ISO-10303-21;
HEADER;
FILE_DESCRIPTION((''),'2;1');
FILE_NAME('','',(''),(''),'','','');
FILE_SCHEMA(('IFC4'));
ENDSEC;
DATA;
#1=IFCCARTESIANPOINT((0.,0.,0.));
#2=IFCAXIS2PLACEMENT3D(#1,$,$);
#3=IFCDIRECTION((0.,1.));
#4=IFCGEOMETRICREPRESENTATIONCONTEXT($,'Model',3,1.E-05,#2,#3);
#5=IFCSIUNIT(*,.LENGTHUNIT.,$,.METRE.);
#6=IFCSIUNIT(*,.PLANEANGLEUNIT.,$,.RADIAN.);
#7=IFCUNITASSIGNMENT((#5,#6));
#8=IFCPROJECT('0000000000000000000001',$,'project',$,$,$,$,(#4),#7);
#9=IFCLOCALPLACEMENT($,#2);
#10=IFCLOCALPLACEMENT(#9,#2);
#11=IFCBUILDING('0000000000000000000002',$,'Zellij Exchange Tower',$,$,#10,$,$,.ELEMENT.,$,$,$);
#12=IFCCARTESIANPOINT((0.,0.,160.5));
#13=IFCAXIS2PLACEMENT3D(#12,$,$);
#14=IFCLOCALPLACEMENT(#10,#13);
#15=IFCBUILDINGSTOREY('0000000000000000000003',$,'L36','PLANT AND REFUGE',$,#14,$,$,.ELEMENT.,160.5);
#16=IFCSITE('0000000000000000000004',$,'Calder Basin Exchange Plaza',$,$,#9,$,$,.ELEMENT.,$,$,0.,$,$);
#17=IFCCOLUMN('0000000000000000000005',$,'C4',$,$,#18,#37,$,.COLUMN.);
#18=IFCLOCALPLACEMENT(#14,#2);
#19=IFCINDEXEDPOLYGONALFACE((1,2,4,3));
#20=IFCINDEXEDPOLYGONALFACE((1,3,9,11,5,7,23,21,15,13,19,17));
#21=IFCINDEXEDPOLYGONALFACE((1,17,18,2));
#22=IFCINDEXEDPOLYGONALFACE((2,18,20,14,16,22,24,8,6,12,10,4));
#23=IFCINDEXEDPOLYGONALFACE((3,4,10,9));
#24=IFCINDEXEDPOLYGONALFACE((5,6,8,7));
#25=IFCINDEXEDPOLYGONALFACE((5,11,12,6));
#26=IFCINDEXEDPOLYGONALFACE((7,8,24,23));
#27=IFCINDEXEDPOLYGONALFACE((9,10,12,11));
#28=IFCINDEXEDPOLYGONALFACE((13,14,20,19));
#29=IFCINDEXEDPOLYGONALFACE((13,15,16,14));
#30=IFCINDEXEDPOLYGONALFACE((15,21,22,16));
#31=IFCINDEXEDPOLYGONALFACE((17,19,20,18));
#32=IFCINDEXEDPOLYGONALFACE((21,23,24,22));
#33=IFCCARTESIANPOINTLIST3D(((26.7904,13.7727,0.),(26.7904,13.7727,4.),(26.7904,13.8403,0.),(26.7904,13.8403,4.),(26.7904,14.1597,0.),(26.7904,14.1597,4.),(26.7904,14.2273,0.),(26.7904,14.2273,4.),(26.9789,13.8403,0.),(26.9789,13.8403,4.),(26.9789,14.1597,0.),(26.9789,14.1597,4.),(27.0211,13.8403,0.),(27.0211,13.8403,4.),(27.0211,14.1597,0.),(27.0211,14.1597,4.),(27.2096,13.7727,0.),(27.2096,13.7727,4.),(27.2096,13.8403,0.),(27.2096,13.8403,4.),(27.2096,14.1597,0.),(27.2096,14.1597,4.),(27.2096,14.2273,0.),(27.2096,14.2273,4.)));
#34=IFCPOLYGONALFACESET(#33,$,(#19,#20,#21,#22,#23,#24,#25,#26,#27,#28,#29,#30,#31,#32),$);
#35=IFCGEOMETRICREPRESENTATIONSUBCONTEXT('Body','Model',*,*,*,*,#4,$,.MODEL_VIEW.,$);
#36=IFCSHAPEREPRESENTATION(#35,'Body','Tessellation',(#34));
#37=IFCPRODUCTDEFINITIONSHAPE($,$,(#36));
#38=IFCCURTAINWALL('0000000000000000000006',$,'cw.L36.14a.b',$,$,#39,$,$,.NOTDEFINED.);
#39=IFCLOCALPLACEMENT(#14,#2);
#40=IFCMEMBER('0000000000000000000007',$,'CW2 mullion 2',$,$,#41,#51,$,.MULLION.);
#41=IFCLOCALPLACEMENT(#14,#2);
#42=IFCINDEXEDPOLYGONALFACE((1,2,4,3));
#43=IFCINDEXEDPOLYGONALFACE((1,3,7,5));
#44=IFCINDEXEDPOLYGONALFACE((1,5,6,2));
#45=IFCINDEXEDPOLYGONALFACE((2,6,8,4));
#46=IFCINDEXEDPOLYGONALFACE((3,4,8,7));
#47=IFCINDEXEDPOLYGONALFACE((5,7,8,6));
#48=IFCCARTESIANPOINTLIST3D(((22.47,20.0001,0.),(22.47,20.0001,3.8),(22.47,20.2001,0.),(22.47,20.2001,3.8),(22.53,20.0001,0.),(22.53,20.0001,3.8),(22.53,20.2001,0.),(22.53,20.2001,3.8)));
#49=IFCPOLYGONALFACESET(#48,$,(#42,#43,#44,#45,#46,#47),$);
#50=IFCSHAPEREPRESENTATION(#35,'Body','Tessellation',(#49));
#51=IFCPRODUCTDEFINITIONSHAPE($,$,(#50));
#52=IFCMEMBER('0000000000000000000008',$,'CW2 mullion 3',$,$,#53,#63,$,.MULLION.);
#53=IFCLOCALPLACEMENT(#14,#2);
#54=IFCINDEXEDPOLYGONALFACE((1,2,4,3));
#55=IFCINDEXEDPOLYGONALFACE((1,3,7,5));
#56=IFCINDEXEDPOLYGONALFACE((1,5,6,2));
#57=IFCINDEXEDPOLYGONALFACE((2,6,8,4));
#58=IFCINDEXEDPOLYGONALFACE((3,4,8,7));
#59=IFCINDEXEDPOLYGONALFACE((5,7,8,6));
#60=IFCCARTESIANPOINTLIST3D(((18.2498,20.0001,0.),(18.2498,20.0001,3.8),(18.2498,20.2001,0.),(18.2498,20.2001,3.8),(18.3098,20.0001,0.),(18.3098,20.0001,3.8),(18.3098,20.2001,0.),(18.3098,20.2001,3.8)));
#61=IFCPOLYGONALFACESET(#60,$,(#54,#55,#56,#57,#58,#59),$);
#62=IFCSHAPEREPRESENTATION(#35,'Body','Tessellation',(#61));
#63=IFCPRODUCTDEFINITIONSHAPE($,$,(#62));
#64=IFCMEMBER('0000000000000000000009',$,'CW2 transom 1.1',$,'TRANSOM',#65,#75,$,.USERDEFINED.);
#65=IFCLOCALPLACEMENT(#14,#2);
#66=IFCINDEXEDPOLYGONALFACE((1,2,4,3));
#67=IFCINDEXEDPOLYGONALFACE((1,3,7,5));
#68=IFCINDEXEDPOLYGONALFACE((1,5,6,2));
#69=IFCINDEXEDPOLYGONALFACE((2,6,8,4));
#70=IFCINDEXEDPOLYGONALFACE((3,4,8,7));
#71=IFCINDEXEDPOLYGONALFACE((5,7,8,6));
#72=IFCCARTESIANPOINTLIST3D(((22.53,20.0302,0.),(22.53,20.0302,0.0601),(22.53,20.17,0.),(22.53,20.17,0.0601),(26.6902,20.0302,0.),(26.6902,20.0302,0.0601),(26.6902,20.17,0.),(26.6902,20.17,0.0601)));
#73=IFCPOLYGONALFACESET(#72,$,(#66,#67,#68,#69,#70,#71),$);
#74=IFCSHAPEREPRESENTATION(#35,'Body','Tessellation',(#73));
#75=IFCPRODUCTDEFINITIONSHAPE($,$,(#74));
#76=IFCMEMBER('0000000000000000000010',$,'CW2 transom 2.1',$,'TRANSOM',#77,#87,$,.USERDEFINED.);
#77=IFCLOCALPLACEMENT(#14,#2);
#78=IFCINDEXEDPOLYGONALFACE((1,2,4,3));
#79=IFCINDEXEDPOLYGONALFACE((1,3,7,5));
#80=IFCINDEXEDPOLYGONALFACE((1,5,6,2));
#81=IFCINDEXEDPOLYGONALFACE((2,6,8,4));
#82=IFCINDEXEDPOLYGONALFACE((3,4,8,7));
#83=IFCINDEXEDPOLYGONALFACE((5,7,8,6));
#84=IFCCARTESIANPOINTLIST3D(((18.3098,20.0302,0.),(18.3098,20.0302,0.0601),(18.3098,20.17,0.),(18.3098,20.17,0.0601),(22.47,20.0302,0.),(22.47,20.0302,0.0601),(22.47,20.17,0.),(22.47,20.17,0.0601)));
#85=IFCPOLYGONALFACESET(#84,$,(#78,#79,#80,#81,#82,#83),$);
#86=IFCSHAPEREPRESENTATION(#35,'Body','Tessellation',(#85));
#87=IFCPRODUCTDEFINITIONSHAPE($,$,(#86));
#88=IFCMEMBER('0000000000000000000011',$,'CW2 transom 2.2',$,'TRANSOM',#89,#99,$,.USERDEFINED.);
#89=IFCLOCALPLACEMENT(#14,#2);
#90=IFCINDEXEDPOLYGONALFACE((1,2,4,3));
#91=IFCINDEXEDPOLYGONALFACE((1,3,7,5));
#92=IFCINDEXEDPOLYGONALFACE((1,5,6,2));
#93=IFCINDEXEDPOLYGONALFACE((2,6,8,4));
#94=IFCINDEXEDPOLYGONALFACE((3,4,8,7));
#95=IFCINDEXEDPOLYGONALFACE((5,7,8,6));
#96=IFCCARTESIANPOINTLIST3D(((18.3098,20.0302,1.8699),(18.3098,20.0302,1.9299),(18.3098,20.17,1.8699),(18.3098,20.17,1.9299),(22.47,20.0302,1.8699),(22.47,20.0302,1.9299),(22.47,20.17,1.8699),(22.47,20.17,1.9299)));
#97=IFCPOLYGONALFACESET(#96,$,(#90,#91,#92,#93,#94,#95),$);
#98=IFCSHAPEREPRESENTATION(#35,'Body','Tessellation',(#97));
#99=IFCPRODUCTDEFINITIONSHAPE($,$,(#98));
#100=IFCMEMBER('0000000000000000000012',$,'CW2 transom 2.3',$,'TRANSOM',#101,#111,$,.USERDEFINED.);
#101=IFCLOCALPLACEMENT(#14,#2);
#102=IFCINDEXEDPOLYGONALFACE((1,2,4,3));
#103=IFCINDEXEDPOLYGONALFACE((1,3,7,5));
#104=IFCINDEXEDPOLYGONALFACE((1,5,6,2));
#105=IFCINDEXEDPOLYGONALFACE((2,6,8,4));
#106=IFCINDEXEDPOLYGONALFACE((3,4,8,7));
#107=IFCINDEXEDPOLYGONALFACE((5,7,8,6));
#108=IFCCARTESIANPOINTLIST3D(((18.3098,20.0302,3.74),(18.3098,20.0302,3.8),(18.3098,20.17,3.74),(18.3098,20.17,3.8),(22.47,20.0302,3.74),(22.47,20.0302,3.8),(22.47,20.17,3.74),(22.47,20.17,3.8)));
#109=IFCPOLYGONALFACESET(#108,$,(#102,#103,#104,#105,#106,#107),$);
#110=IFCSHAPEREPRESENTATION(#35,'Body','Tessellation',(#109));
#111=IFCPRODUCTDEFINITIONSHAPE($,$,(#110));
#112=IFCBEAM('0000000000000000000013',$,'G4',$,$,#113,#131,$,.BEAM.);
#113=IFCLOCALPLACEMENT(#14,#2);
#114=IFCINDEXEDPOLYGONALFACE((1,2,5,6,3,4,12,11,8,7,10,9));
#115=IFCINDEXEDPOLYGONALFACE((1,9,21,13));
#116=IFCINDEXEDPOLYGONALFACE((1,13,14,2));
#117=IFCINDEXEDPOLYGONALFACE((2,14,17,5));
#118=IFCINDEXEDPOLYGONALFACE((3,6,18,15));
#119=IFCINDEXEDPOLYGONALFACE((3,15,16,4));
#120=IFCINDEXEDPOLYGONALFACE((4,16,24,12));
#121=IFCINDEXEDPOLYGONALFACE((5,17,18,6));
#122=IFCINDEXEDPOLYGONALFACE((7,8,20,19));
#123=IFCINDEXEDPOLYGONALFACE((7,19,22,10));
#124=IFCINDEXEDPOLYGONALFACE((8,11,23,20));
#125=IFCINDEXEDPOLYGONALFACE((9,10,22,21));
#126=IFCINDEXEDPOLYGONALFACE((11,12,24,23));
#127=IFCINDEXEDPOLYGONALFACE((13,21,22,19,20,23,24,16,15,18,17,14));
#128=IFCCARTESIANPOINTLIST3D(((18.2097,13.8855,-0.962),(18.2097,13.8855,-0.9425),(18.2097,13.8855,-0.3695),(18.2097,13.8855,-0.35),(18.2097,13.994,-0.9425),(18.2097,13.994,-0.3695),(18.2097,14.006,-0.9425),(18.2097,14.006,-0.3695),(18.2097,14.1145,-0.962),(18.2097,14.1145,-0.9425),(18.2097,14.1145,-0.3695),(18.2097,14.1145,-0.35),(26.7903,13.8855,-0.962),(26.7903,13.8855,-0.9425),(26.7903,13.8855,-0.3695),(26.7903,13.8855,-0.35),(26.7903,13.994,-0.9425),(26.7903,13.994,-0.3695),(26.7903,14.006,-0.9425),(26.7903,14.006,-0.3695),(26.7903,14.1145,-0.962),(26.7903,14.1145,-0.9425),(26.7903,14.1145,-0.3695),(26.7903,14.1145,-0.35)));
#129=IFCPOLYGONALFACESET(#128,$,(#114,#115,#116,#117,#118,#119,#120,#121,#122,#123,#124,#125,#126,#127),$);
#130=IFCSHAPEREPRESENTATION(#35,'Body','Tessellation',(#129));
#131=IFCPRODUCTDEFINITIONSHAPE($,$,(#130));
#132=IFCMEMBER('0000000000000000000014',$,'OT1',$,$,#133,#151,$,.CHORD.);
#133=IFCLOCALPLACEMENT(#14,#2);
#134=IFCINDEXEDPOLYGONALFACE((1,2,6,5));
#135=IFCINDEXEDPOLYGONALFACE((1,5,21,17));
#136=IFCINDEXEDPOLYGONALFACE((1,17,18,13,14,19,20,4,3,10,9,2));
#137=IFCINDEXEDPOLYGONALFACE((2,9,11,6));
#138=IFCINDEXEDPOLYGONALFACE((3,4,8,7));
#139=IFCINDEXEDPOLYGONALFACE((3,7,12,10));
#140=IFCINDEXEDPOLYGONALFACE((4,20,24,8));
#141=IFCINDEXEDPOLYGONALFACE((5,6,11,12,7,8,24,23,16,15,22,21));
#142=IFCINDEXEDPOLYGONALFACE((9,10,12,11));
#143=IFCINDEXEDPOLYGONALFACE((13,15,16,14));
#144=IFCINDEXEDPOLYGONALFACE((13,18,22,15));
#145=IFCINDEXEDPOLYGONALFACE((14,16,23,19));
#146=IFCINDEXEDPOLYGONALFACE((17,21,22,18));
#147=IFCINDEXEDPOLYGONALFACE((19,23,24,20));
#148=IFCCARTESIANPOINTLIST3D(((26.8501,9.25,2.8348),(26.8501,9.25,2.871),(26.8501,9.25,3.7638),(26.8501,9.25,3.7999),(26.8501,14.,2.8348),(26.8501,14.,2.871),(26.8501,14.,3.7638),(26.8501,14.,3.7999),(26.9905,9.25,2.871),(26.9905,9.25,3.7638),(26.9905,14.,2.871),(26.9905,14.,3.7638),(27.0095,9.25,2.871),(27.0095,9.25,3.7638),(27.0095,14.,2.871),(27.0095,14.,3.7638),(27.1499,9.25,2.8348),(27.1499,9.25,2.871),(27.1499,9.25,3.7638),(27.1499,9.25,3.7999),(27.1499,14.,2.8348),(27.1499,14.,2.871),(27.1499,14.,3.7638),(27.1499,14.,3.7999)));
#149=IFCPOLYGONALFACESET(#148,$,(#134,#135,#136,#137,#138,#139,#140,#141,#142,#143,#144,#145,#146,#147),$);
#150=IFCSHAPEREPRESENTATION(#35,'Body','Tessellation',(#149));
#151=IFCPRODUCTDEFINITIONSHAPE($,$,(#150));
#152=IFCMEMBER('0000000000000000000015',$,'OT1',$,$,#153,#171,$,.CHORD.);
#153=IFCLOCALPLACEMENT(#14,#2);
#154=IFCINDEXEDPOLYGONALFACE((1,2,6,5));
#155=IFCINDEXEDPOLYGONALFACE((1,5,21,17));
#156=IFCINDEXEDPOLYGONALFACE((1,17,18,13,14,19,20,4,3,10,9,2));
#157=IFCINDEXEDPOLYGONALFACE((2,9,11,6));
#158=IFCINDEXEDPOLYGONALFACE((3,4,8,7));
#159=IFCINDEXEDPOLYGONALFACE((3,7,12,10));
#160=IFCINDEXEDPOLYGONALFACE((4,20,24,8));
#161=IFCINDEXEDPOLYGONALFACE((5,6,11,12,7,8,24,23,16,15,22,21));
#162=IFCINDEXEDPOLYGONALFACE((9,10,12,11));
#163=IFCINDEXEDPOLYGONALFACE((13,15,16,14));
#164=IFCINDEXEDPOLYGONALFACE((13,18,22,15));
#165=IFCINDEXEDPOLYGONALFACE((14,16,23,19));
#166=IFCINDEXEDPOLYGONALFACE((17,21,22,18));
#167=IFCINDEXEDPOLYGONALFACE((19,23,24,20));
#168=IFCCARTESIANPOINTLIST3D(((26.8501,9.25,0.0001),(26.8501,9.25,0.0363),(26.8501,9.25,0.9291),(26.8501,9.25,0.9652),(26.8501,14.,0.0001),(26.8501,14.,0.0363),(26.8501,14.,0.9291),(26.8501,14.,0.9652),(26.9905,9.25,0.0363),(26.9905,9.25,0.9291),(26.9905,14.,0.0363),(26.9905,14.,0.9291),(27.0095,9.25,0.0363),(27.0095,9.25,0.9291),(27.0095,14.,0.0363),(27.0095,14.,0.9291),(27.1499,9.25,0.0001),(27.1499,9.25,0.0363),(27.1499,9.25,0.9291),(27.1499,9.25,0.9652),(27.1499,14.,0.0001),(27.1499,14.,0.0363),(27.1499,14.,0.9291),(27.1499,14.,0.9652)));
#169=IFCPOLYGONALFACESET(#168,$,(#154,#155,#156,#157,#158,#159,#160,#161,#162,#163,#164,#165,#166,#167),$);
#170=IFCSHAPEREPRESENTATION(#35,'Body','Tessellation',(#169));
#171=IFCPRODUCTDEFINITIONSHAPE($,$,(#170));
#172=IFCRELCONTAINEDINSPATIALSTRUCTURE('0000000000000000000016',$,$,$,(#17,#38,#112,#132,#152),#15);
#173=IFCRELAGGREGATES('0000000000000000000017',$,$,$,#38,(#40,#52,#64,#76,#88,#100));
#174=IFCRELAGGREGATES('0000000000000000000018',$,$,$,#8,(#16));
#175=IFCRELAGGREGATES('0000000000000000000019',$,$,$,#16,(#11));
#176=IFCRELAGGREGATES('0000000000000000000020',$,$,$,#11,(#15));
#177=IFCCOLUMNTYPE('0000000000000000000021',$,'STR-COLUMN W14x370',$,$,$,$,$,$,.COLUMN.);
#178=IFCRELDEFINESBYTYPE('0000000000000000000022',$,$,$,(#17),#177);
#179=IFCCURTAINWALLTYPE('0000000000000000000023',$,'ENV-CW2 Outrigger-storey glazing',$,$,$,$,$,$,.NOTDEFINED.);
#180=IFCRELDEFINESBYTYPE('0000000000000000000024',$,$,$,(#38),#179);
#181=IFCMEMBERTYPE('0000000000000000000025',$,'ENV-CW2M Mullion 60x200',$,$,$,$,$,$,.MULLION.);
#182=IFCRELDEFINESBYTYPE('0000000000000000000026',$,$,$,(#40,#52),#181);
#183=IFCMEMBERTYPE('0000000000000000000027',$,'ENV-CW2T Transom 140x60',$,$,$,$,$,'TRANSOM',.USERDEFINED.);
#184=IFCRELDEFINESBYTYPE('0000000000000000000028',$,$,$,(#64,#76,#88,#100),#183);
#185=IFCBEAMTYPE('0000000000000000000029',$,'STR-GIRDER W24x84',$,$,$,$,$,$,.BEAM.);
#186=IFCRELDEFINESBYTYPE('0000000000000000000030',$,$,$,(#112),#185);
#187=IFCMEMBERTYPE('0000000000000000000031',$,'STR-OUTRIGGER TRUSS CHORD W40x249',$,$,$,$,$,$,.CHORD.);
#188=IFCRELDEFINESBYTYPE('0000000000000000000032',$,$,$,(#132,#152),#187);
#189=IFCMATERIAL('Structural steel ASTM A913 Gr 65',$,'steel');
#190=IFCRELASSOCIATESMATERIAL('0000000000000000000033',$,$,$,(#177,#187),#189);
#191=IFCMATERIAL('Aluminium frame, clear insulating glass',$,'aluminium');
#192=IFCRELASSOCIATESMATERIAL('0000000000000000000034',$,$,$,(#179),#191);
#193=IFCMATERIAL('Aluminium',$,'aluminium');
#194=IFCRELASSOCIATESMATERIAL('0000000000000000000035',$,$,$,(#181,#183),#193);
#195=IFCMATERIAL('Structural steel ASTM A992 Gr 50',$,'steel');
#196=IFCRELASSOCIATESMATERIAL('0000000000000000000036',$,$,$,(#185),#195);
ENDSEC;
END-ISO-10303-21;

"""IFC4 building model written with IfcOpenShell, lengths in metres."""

from ifc_helpers import new_model, si_unit, direction, frame, origin, origin_2d, place, context, subcontext, project, spatial, rectangle, i_section, extrude, material, material_profile, profile_set, type_object, element, aggregate, save


model = new_model("IFC4")

# Units and contexts
model_context = context("Model", 3, precision=1e-05, world=origin(), true_north=direction((0.0, 1.0)))
body_context = subcontext(model_context, "Body", "Model", "MODEL_VIEW")
ifc_project = project(units=[si_unit("LENGTHUNIT", "METRE"), si_unit("PLANEANGLEUNIT", "RADIAN")], contexts=[model_context])

# Site, building, storey
site_placement = place(None, origin())
site = spatial("IfcSite", under=ifc_project, at=site_placement, Name="Calder Basin Exchange Plaza", CompositionType="ELEMENT", RefElevation=0.0)
building_placement = place(site_placement, origin())
building = spatial("IfcBuilding", under=site, at=building_placement, Name="Zellij Exchange Tower", CompositionType="ELEMENT")
storey_placement = place(building_placement, frame((0.0, 0.0, 160.5)))
storey = spatial("IfcBuildingStorey", under=building, at=storey_placement, Name="L36", Description="PLANT AND REFUGE", CompositionType="ELEMENT", Elevation=160.5)

# Column
ifc_material_1 = material(Name="Structural steel ASTM A913 Gr 65", Category="steel")
ifc_material_profile_1 = material_profile(ifc_material_1, i_section(OverallWidth=0.4192, OverallDepth=0.4546, WebThickness=0.0422, FlangeThickness=0.0676, at=origin_2d()), Name="W14x370")
ifc_profile_set_1 = profile_set([ifc_material_profile_1], Name="Structural steel ASTM A913 Gr 65")
column_type = type_object("IfcColumnType", Name="STR-COLUMN W14x370", PredefinedType="COLUMN", material=ifc_profile_set_1)
column_placement = place(storey_placement, frame((27.0, 14.0, 0.0), z_axis=(0.0, 0.0, 1.0), x_axis=(1.0, 0.0, 0.0)))
element("IfcColumn", 1, at=column_placement, inside=storey, type_object=column_type, Name="C4", PredefinedType="COLUMN", context=body_context, shape_type="SweptSolid", body=[
    extrude(i_section(OverallWidth=0.4192, OverallDepth=0.4546, WebThickness=0.0422, FlangeThickness=0.0676, at=origin_2d()), origin(), (0.0, 0.0, 1.0), 4.0),
])

# Curtain wall, members
ifc_material_2 = material(Name="Aluminium frame, clear insulating glass", Category="aluminium")
curtain_wall_type = type_object("IfcCurtainWallType", Name="ENV-CW2 Outrigger-storey glazing", PredefinedType="NOTDEFINED", material=ifc_material_2)
curtain_wall_placement = place(storey_placement, origin())
curtain_wall = element("IfcCurtainWall", 2, at=curtain_wall_placement, inside=storey, type_object=curtain_wall_type, Name="cw.L36.14a.b", PredefinedType="NOTDEFINED")
ifc_material_3 = material(Name="Aluminium", Category="aluminium")
ifc_material_profile_2 = material_profile(ifc_material_3, rectangle(XDim=0.0601, YDim=0.2, at=origin_2d()), Name="AL 60x200")
ifc_profile_set_2 = profile_set([ifc_material_profile_2], Name="Aluminium")
member_type_1 = type_object("IfcMemberType", Name="ENV-CW2M Mullion 60x200", PredefinedType="MULLION", material=ifc_profile_set_2)
member_1_placement = place(storey_placement, frame((22.5, 20.1001, 0.0), z_axis=(0.0, 0.0, 1.0), x_axis=(-1.0, 0.0, 0.0)))
member_1 = element("IfcMember", 3, at=member_1_placement, type_object=member_type_1, Name="CW2 mullion 2", PredefinedType="MULLION", context=body_context, shape_type="SweptSolid", body=[
    extrude(rectangle(XDim=0.0601, YDim=0.2, at=origin_2d()), origin(), (0.0, 0.0, 1.0), 3.8),
])
member_2_placement = place(storey_placement, frame((18.2798, 20.1001, 0.0), z_axis=(0.0, 0.0, 1.0), x_axis=(-1.0, 0.0, 0.0)))
member_2 = element("IfcMember", 4, at=member_2_placement, type_object=member_type_1, Name="CW2 mullion 3", PredefinedType="MULLION", context=body_context, shape_type="SweptSolid", body=[
    extrude(rectangle(XDim=0.0601, YDim=0.2, at=origin_2d()), origin(), (0.0, 0.0, 1.0), 3.8),
])
ifc_material_profile_3 = material_profile(ifc_material_3, rectangle(XDim=0.1399, YDim=0.0601, at=origin_2d()), Name="AL 140x60")
ifc_profile_set_3 = profile_set([ifc_material_profile_3], Name="Aluminium")
member_type_2 = type_object("IfcMemberType", Name="ENV-CW2T Transom 140x60", ElementType="TRANSOM", PredefinedType="USERDEFINED", material=ifc_profile_set_3)
member_3_placement = place(storey_placement, frame((26.6902, 20.1001, 0.03), z_axis=(-1.0, 0.0, 0.0), x_axis=(0.0, -1.0, 0.0)))
member_3 = element("IfcMember", 5, at=member_3_placement, type_object=member_type_2, Name="CW2 transom 1.1", ObjectType="TRANSOM", PredefinedType="USERDEFINED", context=body_context, shape_type="SweptSolid", body=[
    extrude(rectangle(XDim=0.1399, YDim=0.0601, at=origin_2d()), origin(), (0.0, 0.0, 1.0), 4.1602),
])
member_4_placement = place(storey_placement, frame((22.47, 20.1001, 0.03), z_axis=(-1.0, 0.0, 0.0), x_axis=(0.0, -1.0, 0.0)))
member_4 = element("IfcMember", 6, at=member_4_placement, type_object=member_type_2, Name="CW2 transom 2.1", ObjectType="TRANSOM", PredefinedType="USERDEFINED", context=body_context, shape_type="SweptSolid", body=[
    extrude(rectangle(XDim=0.1399, YDim=0.0601, at=origin_2d()), origin(), (0.0, 0.0, 1.0), 4.1602),
])
member_5_placement = place(storey_placement, frame((22.47, 20.1001, 1.8999), z_axis=(-1.0, 0.0, 0.0), x_axis=(0.0, -1.0, 0.0)))
member_5 = element("IfcMember", 7, at=member_5_placement, type_object=member_type_2, Name="CW2 transom 2.2", ObjectType="TRANSOM", PredefinedType="USERDEFINED", context=body_context, shape_type="SweptSolid", body=[
    extrude(rectangle(XDim=0.1399, YDim=0.0601, at=origin_2d()), origin(), (0.0, 0.0, 1.0), 4.1602),
])
member_6_placement = place(storey_placement, frame((22.47, 20.1001, 3.77), z_axis=(-1.0, 0.0, 0.0), x_axis=(0.0, -1.0, 0.0)))
member_6 = element("IfcMember", 8, at=member_6_placement, type_object=member_type_2, Name="CW2 transom 2.3", ObjectType="TRANSOM", PredefinedType="USERDEFINED", context=body_context, shape_type="SweptSolid", body=[
    extrude(rectangle(XDim=0.1399, YDim=0.0601, at=origin_2d()), origin(), (0.0, 0.0, 1.0), 4.1602),
])

# Beam
ifc_material_4 = material(Name="Structural steel ASTM A992 Gr 50", Category="steel")
ifc_material_profile_4 = material_profile(ifc_material_4, i_section(OverallWidth=0.229, OverallDepth=0.6121, WebThickness=0.012, FlangeThickness=0.0195, at=origin_2d()), Name="W24x84")
ifc_profile_set_4 = profile_set([ifc_material_profile_4], Name="Structural steel ASTM A992 Gr 50")
beam_type = type_object("IfcBeamType", Name="STR-GIRDER W24x84", PredefinedType="BEAM", material=ifc_profile_set_4)
beam_placement = place(storey_placement, frame((18.2097, 14.0, -0.656), z_axis=(1.0, 0.0, 0.0), x_axis=(0.0, 1.0, 0.0)))
element("IfcBeam", 9, at=beam_placement, inside=storey, type_object=beam_type, Name="G4", PredefinedType="BEAM", context=body_context, shape_type="SweptSolid", body=[
    extrude(i_section(OverallWidth=0.229, OverallDepth=0.6121, WebThickness=0.012, FlangeThickness=0.0195, at=origin_2d()), origin(), (0.0, 0.0, 1.0), 8.5806),
])

# Members
ifc_material_profile_5 = material_profile(ifc_material_1, i_section(OverallWidth=0.2998, OverallDepth=0.9651, WebThickness=0.019, FlangeThickness=0.0361, at=origin_2d()), Name="W40x249")
ifc_profile_set_5 = profile_set([ifc_material_profile_5], Name="Structural steel ASTM A913 Gr 65")
member_type_3 = type_object("IfcMemberType", Name="STR-OUTRIGGER TRUSS CHORD W40x249", PredefinedType="CHORD", material=ifc_profile_set_5)
for number, where, z_axis, x_axis, name in (
    (10, (27.0, 9.25, 3.3174), (0.0, 1.0, 0.0), (-1.0, 0.0, 0.0), "OT1"),
    (11, (27.0, 9.25, 0.4827), (0.0, 1.0, 0.0), (-1.0, 0.0, 0.0), "OT1"),
):
    element("IfcMember", number, at=place(storey_placement, frame(where, z_axis=z_axis, x_axis=x_axis)), inside=storey, type_object=member_type_3, Name=name, PredefinedType="CHORD", context=body_context, shape_type="SweptSolid", body=[
        extrude(i_section(OverallWidth=0.2998, OverallDepth=0.9651, WebThickness=0.019, FlangeThickness=0.0361, at=origin_2d()), origin(), (0.0, 0.0, 1.0), 4.75),
    ])

aggregate(curtain_wall, [member_1, member_2, member_3, member_4, member_5, member_6])

save(model, "model.ifc")
